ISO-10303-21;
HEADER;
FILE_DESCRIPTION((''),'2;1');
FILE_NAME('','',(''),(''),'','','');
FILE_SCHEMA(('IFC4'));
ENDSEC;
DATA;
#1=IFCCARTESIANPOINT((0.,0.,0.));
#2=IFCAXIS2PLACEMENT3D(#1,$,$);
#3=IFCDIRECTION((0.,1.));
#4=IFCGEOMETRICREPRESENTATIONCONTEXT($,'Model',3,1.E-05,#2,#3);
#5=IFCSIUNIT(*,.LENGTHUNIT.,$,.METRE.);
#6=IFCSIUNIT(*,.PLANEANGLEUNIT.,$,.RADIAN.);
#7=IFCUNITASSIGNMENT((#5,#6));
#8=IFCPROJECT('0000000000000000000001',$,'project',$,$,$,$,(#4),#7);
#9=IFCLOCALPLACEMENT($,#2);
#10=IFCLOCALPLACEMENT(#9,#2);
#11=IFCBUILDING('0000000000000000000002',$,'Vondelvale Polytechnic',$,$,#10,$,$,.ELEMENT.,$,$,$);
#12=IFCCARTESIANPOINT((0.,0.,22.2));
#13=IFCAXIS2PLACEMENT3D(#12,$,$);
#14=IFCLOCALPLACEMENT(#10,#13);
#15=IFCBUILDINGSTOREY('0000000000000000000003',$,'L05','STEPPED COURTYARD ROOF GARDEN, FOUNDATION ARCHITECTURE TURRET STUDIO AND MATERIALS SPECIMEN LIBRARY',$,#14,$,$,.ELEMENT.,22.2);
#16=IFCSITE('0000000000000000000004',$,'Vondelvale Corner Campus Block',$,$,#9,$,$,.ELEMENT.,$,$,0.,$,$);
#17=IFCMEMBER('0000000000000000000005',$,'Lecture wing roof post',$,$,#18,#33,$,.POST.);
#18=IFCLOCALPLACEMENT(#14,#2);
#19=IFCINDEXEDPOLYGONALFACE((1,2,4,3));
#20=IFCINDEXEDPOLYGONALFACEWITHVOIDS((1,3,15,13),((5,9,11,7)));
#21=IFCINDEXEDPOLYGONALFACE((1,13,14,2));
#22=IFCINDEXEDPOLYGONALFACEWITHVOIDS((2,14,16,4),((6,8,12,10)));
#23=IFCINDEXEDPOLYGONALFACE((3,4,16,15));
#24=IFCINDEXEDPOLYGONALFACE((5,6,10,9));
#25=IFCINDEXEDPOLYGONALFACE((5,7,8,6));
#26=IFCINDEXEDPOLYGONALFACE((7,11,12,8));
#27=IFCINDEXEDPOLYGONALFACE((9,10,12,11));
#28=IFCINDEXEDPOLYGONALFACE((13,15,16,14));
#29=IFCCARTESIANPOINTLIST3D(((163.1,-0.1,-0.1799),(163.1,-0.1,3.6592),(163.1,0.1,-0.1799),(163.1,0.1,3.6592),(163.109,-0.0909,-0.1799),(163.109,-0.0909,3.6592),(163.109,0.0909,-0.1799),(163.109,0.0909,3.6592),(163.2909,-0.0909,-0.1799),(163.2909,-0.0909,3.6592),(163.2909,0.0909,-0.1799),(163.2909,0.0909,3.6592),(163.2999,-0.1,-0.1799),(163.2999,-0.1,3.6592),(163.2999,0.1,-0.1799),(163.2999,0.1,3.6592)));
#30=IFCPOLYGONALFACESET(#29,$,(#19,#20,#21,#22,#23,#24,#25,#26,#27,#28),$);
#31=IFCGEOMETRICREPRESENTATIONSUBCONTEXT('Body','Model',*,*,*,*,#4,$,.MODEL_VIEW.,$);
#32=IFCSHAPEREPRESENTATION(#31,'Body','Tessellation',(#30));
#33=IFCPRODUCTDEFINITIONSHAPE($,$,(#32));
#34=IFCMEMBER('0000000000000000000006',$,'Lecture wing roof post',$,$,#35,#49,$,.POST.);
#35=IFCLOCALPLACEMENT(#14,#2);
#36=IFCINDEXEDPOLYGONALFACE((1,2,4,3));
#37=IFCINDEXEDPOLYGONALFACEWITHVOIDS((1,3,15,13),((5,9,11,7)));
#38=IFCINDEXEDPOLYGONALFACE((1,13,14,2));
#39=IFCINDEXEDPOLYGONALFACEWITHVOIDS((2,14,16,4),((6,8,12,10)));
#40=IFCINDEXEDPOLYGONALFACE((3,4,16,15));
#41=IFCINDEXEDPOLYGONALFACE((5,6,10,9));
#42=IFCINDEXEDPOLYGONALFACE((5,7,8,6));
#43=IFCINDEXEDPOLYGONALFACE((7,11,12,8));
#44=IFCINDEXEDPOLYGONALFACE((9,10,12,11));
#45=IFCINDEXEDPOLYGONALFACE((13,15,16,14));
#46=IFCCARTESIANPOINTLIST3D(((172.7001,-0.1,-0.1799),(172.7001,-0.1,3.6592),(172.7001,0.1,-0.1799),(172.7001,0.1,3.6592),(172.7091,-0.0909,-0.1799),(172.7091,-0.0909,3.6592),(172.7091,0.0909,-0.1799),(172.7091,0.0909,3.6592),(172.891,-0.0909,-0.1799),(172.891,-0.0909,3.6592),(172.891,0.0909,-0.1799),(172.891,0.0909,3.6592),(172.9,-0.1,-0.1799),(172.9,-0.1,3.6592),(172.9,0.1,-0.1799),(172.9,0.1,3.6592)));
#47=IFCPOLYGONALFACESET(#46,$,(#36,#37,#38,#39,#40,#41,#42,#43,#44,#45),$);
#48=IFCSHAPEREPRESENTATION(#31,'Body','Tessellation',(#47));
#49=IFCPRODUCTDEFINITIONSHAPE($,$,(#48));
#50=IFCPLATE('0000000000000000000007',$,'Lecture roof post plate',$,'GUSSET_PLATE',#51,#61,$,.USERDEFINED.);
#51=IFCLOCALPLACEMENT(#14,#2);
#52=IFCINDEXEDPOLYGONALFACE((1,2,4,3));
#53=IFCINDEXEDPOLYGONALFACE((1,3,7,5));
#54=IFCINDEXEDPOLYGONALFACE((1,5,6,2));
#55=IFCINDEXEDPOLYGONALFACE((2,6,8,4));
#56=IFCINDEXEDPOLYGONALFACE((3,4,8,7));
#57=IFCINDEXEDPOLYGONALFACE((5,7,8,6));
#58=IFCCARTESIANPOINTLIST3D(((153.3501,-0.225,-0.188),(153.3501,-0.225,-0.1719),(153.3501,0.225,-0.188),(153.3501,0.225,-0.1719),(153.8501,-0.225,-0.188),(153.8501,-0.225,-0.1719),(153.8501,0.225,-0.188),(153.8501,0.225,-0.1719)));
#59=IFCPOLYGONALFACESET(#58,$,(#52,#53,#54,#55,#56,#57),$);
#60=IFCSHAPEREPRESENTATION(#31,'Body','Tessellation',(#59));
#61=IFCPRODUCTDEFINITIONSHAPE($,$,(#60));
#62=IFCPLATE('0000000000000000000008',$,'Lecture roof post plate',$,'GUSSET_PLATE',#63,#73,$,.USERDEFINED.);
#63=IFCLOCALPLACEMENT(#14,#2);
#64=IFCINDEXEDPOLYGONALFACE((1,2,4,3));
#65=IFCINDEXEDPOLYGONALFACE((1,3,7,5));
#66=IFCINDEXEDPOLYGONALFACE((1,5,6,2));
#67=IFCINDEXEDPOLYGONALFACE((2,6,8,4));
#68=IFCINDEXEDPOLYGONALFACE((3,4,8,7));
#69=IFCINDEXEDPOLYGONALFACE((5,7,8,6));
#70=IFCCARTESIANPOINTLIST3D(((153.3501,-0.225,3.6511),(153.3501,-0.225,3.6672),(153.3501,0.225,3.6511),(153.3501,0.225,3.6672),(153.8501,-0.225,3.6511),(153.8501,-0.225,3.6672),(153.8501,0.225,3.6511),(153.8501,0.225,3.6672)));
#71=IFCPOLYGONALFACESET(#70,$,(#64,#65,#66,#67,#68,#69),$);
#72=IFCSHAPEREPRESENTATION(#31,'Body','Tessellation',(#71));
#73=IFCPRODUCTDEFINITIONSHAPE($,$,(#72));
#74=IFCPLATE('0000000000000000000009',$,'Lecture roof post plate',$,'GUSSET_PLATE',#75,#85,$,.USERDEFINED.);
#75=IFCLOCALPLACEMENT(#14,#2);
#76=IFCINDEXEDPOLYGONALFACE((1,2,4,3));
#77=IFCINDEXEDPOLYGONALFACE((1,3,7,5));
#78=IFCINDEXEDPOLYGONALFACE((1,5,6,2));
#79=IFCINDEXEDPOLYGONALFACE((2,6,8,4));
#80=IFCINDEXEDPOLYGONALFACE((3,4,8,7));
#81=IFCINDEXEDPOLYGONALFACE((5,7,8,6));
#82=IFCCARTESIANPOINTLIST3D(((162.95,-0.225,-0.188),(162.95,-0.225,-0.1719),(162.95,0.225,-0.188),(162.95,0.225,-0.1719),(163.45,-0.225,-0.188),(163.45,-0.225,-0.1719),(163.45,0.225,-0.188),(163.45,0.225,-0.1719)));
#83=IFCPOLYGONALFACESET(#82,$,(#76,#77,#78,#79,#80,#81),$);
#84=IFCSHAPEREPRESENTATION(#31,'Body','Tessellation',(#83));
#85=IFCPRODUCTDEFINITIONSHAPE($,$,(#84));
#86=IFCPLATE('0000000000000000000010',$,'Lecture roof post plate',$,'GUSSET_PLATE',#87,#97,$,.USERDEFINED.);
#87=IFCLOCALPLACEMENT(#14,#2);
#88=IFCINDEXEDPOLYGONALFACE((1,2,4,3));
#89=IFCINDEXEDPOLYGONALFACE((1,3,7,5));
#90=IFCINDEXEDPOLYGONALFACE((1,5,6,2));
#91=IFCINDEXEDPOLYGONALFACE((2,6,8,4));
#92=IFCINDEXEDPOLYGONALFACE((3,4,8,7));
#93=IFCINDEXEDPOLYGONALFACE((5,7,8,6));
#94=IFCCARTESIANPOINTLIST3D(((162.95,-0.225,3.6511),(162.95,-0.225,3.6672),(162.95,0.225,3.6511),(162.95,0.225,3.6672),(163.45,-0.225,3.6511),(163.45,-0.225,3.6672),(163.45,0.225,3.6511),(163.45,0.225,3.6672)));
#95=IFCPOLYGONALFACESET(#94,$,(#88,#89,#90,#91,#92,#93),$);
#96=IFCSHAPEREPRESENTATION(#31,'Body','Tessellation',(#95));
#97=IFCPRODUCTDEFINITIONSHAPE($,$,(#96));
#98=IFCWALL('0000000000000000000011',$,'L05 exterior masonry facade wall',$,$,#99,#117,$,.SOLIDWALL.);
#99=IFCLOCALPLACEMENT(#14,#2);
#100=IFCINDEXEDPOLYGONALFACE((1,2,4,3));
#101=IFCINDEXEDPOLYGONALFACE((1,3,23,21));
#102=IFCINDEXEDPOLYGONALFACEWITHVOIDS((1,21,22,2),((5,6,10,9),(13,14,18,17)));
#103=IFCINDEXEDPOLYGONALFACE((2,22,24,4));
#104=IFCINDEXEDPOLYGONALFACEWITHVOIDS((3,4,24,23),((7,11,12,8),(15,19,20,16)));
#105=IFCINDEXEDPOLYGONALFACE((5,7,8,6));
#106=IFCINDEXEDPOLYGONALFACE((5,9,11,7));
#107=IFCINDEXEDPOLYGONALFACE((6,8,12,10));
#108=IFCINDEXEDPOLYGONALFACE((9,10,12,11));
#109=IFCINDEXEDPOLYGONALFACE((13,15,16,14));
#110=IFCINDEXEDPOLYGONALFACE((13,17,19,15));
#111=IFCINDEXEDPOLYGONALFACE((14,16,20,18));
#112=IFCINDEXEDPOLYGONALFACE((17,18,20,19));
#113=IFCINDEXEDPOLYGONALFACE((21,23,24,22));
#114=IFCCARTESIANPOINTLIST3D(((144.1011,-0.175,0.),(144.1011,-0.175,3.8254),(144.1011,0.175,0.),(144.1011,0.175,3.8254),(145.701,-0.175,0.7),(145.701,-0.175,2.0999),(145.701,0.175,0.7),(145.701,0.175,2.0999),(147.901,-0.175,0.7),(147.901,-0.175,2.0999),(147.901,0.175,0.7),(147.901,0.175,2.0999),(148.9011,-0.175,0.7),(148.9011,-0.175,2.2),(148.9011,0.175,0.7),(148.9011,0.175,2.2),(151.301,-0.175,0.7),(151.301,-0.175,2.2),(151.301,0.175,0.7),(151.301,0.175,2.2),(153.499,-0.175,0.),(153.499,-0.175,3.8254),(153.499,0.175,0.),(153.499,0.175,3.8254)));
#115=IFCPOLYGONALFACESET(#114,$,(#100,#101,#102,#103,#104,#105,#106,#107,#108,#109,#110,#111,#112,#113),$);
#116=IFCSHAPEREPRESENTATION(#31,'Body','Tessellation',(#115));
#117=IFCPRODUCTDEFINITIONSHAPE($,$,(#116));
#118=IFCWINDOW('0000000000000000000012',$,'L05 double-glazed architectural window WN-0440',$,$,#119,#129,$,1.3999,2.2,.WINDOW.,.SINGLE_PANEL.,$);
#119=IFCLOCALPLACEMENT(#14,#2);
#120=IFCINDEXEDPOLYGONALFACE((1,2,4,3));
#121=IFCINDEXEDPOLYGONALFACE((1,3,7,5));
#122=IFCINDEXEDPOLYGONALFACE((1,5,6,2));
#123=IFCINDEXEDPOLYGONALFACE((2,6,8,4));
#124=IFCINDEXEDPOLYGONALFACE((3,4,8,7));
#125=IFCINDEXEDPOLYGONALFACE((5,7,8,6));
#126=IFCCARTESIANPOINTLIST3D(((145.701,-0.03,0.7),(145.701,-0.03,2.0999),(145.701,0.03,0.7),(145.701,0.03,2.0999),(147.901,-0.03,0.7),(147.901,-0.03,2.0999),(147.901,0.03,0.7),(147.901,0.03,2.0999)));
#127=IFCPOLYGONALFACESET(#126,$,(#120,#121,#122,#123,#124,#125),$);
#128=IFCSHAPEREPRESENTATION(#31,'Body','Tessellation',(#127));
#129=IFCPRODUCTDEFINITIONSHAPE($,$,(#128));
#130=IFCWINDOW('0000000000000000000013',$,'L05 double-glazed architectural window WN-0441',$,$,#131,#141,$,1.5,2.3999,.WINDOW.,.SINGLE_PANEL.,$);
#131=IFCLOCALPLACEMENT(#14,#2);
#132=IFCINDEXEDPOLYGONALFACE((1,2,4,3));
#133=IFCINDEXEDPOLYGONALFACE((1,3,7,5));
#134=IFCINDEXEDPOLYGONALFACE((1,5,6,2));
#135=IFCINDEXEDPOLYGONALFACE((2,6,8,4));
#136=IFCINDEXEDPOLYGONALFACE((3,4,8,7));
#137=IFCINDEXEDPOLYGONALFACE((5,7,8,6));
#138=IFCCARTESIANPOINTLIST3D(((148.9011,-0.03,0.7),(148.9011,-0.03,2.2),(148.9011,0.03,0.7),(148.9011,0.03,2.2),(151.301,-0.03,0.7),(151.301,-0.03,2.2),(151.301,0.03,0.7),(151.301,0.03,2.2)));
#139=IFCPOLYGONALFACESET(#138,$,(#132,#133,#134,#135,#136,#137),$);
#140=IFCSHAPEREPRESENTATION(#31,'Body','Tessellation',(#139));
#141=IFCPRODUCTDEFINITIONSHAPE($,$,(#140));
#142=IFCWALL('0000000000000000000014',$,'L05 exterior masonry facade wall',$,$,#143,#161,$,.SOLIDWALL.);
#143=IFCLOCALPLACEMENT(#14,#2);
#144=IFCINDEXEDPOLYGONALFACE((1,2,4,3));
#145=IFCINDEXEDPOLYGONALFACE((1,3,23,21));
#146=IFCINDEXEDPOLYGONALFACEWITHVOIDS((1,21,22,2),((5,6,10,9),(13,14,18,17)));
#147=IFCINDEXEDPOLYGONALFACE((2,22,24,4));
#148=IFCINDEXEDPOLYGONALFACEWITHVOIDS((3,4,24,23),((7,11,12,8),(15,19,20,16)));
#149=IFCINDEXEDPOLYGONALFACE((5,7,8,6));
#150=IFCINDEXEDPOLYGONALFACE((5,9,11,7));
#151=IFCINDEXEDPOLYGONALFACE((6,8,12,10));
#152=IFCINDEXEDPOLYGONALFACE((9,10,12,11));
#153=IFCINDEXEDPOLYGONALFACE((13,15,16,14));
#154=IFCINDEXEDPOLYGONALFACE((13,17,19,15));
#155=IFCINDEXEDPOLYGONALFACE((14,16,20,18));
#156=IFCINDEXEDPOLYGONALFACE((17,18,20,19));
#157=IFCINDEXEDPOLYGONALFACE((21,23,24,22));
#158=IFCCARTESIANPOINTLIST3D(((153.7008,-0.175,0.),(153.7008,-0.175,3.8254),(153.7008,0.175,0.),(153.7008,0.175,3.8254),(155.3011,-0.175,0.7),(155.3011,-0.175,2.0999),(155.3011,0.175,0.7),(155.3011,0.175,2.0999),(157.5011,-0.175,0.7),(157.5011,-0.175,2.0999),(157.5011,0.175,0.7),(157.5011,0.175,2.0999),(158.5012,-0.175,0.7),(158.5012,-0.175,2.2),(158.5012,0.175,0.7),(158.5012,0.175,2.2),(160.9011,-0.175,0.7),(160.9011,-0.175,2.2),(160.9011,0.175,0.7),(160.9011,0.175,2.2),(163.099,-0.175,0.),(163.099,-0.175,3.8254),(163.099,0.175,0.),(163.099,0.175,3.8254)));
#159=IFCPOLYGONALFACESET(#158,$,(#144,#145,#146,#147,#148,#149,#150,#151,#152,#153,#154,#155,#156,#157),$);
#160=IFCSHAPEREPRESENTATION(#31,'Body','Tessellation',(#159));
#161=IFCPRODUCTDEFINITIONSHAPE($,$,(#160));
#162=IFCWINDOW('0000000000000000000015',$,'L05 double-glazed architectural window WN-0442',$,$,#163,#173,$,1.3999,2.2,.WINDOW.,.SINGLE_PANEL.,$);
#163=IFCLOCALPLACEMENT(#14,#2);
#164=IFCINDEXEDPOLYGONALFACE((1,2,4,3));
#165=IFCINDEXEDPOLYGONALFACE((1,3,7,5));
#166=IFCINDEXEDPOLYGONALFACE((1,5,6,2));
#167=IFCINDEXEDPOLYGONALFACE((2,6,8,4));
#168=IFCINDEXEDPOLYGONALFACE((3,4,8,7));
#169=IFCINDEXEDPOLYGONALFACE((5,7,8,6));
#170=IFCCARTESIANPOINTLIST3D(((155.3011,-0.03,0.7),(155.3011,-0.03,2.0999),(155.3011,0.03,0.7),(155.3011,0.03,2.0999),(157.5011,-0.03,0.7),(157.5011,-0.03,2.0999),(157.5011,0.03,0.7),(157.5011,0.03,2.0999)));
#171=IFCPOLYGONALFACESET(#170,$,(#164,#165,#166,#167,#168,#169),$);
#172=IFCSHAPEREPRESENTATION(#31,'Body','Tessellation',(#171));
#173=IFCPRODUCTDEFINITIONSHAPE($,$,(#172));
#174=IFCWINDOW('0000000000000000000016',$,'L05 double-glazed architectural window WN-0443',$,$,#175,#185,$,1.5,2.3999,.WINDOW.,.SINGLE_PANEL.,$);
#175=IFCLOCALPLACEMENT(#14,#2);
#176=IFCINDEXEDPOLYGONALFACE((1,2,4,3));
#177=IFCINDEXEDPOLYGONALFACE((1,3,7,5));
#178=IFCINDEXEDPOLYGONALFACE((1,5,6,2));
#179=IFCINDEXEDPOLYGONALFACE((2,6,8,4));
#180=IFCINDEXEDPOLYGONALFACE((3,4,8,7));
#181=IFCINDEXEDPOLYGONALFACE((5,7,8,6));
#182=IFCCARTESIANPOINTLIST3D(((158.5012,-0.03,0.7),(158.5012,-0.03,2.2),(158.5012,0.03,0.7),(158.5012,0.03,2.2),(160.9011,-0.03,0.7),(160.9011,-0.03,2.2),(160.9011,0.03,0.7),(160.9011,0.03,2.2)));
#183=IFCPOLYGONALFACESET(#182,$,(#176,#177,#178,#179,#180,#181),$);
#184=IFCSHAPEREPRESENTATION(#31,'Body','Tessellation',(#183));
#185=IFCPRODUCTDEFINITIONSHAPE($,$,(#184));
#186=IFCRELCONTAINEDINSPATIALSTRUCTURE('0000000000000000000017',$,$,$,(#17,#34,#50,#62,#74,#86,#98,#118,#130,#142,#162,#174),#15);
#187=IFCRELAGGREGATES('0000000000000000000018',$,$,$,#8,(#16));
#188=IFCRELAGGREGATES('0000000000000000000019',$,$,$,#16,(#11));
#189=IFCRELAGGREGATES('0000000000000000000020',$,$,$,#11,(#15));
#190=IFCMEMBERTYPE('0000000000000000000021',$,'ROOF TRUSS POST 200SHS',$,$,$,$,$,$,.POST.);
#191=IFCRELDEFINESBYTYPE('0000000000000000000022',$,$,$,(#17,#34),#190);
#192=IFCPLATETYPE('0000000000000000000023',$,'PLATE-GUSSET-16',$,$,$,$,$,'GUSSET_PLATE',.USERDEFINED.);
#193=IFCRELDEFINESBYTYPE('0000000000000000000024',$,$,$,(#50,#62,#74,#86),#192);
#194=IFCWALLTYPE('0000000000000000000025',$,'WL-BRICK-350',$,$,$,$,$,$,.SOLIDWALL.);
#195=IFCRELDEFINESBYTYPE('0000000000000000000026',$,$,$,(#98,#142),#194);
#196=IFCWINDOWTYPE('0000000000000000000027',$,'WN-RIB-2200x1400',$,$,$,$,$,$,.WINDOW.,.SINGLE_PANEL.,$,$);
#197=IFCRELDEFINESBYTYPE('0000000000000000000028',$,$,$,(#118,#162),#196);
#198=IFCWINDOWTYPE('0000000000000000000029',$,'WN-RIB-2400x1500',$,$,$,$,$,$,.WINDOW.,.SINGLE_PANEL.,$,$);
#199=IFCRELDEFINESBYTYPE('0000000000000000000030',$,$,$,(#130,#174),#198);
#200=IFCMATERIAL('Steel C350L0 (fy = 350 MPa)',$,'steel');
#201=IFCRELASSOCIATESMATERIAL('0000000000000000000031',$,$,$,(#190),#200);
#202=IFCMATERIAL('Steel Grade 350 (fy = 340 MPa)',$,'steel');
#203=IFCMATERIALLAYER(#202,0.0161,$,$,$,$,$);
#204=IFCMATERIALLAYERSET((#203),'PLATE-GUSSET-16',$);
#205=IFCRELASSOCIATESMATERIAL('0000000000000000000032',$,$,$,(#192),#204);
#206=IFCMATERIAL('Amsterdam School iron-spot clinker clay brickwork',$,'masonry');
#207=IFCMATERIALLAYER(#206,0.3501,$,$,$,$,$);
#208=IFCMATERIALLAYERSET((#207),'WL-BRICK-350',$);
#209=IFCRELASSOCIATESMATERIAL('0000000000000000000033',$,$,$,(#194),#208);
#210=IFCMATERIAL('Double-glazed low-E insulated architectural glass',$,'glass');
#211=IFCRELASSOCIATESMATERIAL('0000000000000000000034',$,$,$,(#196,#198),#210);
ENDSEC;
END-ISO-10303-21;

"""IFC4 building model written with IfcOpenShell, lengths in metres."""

from ifc_helpers import new_model, si_unit, direction, frame, frame_2d, origin, origin_2d, place, context, subcontext, project, spatial, rectangle, hollow_rectangle, extrude, material, layer, layer_set, material_profile, profile_set, type_object, element, fill, save


model = new_model("IFC4")

# Units and contexts
model_context = context("Model", 3, precision=1e-05, world=origin(), true_north=direction((0.0, 1.0)))
body_context = subcontext(model_context, "Body", "Model", "MODEL_VIEW")
ifc_project = project(units=[si_unit("LENGTHUNIT", "METRE"), si_unit("PLANEANGLEUNIT", "RADIAN")], contexts=[model_context])

# Site, building, storey
site_placement = place(None, origin())
site = spatial("IfcSite", under=ifc_project, at=site_placement, Name="Vondelvale Corner Campus Block", CompositionType="ELEMENT", RefElevation=0.0)
building_placement = place(site_placement, origin())
building = spatial("IfcBuilding", under=site, at=building_placement, Name="Vondelvale Polytechnic", CompositionType="ELEMENT")
storey_placement = place(building_placement, frame((0.0, 0.0, 22.2)))
storey = spatial("IfcBuildingStorey", under=building, at=storey_placement, Name="L05", Description="STEPPED COURTYARD ROOF GARDEN, FOUNDATION ARCHITECTURE TURRET STUDIO AND MATERIALS SPECIMEN LIBRARY", CompositionType="ELEMENT", Elevation=22.2)

# Members
ifc_material_1 = material(Name="Steel C350L0 (fy = 350 MPa)", Category="steel")
ifc_material_profile_1 = material_profile(ifc_material_1, hollow_rectangle(XDim=0.2, YDim=0.2, WallThickness=0.009, at=origin_2d()), Name="200x200x9.0SHS")
ifc_profile_set_1 = profile_set([ifc_material_profile_1], Name="Steel C350L0 (fy = 350 MPa)")
member_type_1 = type_object("IfcMemberType", Name="ROOF TRUSS POST 200SHS", PredefinedType="POST", material=ifc_profile_set_1)
for number, where, z_axis, x_axis, name in (
    (1, (163.2, 0.0, -0.1799), (0.0, 0.0, 1.0), (1.0, 0.0, 0.0), "Lecture wing roof post"),
    (2, (172.8, 0.0, -0.1799), (0.0, 0.0, 1.0), (1.0, 0.0, 0.0), "Lecture wing roof post"),
):
    element("IfcMember", number, at=place(storey_placement, frame(where, z_axis=z_axis, x_axis=x_axis)), inside=storey, type_object=member_type_1, Name=name, PredefinedType="POST", context=body_context, shape_type="SweptSolid", body=[
        extrude(hollow_rectangle(XDim=0.2, YDim=0.2, WallThickness=0.009, at=origin_2d()), origin(), (0.0, 0.0, 1.0), 3.8391),
    ])

# Plates
ifc_material_2 = material(Name="Steel Grade 350 (fy = 340 MPa)", Category="steel")
ifc_layer_1 = layer(ifc_material_2, 0.0161)
ifc_layer_set_1 = layer_set([ifc_layer_1], Name="PLATE-GUSSET-16")
plate_type = type_object("IfcPlateType", Name="PLATE-GUSSET-16", ElementType="GUSSET_PLATE", PredefinedType="USERDEFINED", material=ifc_layer_set_1)
for number, where, z_axis, x_axis, name in (
    (3, (153.6001, 0.0, -0.188), (0.0, 0.0, 1.0), (1.0, 0.0, 0.0), "Lecture roof post plate"),
    (4, (153.6001, 0.0, 3.6511), (0.0, 0.0, 1.0), (1.0, 0.0, 0.0), "Lecture roof post plate"),
    (5, (163.2, 0.0, -0.188), (0.0, 0.0, 1.0), (1.0, 0.0, 0.0), "Lecture roof post plate"),
    (6, (163.2, 0.0, 3.6511), (0.0, 0.0, 1.0), (1.0, 0.0, 0.0), "Lecture roof post plate"),
):
    element("IfcPlate", number, at=place(storey_placement, frame(where, z_axis=z_axis, x_axis=x_axis)), inside=storey, type_object=plate_type, Name=name, ObjectType="GUSSET_PLATE", PredefinedType="USERDEFINED", context=body_context, shape_type="SweptSolid", body=[
        extrude(rectangle(XDim=0.5, YDim=0.45, at=origin_2d()), origin(), (0.0, 0.0, 1.0), 0.0161),
    ])

# Walls, openings, windows
ifc_material_3 = material(Name="Amsterdam School iron-spot clinker clay brickwork", Category="masonry")
ifc_layer_2 = layer(ifc_material_3, 0.3501)
ifc_layer_set_2 = layer_set([ifc_layer_2], Name="WL-BRICK-350")
wall_type = type_object("IfcWallType", Name="WL-BRICK-350", PredefinedType="SOLIDWALL", material=ifc_layer_set_2)
wall_1_placement = place(storey_placement, frame((153.499, 0.0, 0.0), z_axis=(0.0, 0.0, 1.0), x_axis=(-1.0, 0.0, 0.0)))
wall_1 = element("IfcWall", 7, at=wall_1_placement, inside=storey, type_object=wall_type, Name="L05 exterior masonry facade wall", PredefinedType="SOLIDWALL", context=body_context, shape_type="SweptSolid", body=[
    extrude(rectangle(XDim=9.3979, YDim=0.3501, at=frame_2d((4.699, 0.0))), origin(), (0.0, 0.0, 1.0), 3.8254),
])
opening_1_placement = place(wall_1_placement, frame((5.5979, 0.0, 0.7)))
opening_1 = element("IfcOpeningElement", 8, at=opening_1_placement, cuts=wall_1, PredefinedType="OPENING", context=body_context, shape_type="SweptSolid", body=[
    extrude(rectangle(XDim=2.2, YDim=1.3999, at=frame_2d((1.1001, 0.7))), frame((0.0, 0.1851, 0.0), z_axis=(0.0, -1.0, 0.0), x_axis=(1.0, 0.0, 0.0)), (0.0, 0.0, 1.0), 0.3701),
])
opening_2_placement = place(wall_1_placement, frame((2.198, 0.0, 0.7)))
opening_2 = element("IfcOpeningElement", 9, at=opening_2_placement, cuts=wall_1, PredefinedType="OPENING", context=body_context, shape_type="SweptSolid", body=[
    extrude(rectangle(XDim=2.3999, YDim=1.5, at=frame_2d((1.2, 0.75))), frame((0.0, 0.1851, 0.0), z_axis=(0.0, -1.0, 0.0), x_axis=(1.0, 0.0, 0.0)), (0.0, 0.0, 1.0), 0.3701),
])
ifc_material_4 = material(Name="Double-glazed low-E insulated architectural glass", Category="glass")
window_type_1 = type_object("IfcWindowType", Name="WN-RIB-2200x1400", PartitioningType="SINGLE_PANEL", PredefinedType="WINDOW", material=ifc_material_4)
window_1_placement = place(opening_1_placement, origin())
window_1 = element("IfcWindow", 10, at=window_1_placement, inside=storey, type_object=window_type_1, Name="L05 double-glazed architectural window WN-0440", OverallHeight=1.3999, OverallWidth=2.2, PartitioningType="SINGLE_PANEL", PredefinedType="WINDOW", context=body_context, shape_type="SweptSolid", body=[
    extrude(rectangle(XDim=2.2, YDim=1.3999, at=frame_2d((1.1001, 0.7))), frame((0.0, 0.03, 0.0), z_axis=(0.0, -1.0, 0.0), x_axis=(1.0, 0.0, 0.0)), (0.0, 0.0, 1.0), 0.0601),
])
fill(opening_1, window_1)
window_type_2 = type_object("IfcWindowType", Name="WN-RIB-2400x1500", PartitioningType="SINGLE_PANEL", PredefinedType="WINDOW", material=ifc_material_4)
window_2_placement = place(opening_2_placement, origin())
window_2 = element("IfcWindow", 11, at=window_2_placement, inside=storey, type_object=window_type_2, Name="L05 double-glazed architectural window WN-0441", OverallHeight=1.5, OverallWidth=2.3999, PartitioningType="SINGLE_PANEL", PredefinedType="WINDOW", context=body_context, shape_type="SweptSolid", body=[
    extrude(rectangle(XDim=2.3999, YDim=1.5, at=frame_2d((1.2, 0.75))), frame((0.0, 0.03, 0.0), z_axis=(0.0, -1.0, 0.0), x_axis=(1.0, 0.0, 0.0)), (0.0, 0.0, 1.0), 0.0601),
])
fill(opening_2, window_2)
wall_2_placement = place(storey_placement, frame((163.0991, 0.0, 0.0), z_axis=(0.0, 0.0, 1.0), x_axis=(-1.0, 0.0, 0.0)))
wall_2 = element("IfcWall", 12, at=wall_2_placement, inside=storey, type_object=wall_type, Name="L05 exterior masonry facade wall", PredefinedType="SOLIDWALL", context=body_context, shape_type="SweptSolid", body=[
    extrude(rectangle(XDim=9.3982, YDim=0.3501, at=frame_2d((4.6992, 0.0))), origin(), (0.0, 0.0, 1.0), 3.8254),
])
opening_3_placement = place(wall_2_placement, frame((5.5979, 0.0, 0.7)))
opening_3 = element("IfcOpeningElement", 13, at=opening_3_placement, cuts=wall_2, PredefinedType="OPENING", context=body_context, shape_type="SweptSolid", body=[
    extrude(rectangle(XDim=2.2, YDim=1.3999, at=frame_2d((1.1001, 0.7))), frame((0.0, 0.1851, 0.0), z_axis=(0.0, -1.0, 0.0), x_axis=(1.0, 0.0, 0.0)), (0.0, 0.0, 1.0), 0.3701),
])
opening_4_placement = place(wall_2_placement, frame((2.198, 0.0, 0.7)))
opening_4 = element("IfcOpeningElement", 14, at=opening_4_placement, cuts=wall_2, PredefinedType="OPENING", context=body_context, shape_type="SweptSolid", body=[
    extrude(rectangle(XDim=2.3999, YDim=1.5, at=frame_2d((1.2, 0.75))), frame((0.0, 0.1851, 0.0), z_axis=(0.0, -1.0, 0.0), x_axis=(1.0, 0.0, 0.0)), (0.0, 0.0, 1.0), 0.3701),
])
window_3_placement = place(opening_3_placement, origin())
window_3 = element("IfcWindow", 15, at=window_3_placement, inside=storey, type_object=window_type_1, Name="L05 double-glazed architectural window WN-0442", OverallHeight=1.3999, OverallWidth=2.2, PartitioningType="SINGLE_PANEL", PredefinedType="WINDOW", context=body_context, shape_type="SweptSolid", body=[
    extrude(rectangle(XDim=2.2, YDim=1.3999, at=frame_2d((1.1001, 0.7))), frame((0.0, 0.03, 0.0), z_axis=(0.0, -1.0, 0.0), x_axis=(1.0, 0.0, 0.0)), (0.0, 0.0, 1.0), 0.0601),
])
fill(opening_3, window_3)
window_4_placement = place(opening_4_placement, origin())
window_4 = element("IfcWindow", 16, at=window_4_placement, inside=storey, type_object=window_type_2, Name="L05 double-glazed architectural window WN-0443", OverallHeight=1.5, OverallWidth=2.3999, PartitioningType="SINGLE_PANEL", PredefinedType="WINDOW", context=body_context, shape_type="SweptSolid", body=[
    extrude(rectangle(XDim=2.3999, YDim=1.5, at=frame_2d((1.2, 0.75))), frame((0.0, 0.03, 0.0), z_axis=(0.0, -1.0, 0.0), x_axis=(1.0, 0.0, 0.0)), (0.0, 0.0, 1.0), 0.0601),
])
fill(opening_4, window_4)

save(model, "model.ifc")
